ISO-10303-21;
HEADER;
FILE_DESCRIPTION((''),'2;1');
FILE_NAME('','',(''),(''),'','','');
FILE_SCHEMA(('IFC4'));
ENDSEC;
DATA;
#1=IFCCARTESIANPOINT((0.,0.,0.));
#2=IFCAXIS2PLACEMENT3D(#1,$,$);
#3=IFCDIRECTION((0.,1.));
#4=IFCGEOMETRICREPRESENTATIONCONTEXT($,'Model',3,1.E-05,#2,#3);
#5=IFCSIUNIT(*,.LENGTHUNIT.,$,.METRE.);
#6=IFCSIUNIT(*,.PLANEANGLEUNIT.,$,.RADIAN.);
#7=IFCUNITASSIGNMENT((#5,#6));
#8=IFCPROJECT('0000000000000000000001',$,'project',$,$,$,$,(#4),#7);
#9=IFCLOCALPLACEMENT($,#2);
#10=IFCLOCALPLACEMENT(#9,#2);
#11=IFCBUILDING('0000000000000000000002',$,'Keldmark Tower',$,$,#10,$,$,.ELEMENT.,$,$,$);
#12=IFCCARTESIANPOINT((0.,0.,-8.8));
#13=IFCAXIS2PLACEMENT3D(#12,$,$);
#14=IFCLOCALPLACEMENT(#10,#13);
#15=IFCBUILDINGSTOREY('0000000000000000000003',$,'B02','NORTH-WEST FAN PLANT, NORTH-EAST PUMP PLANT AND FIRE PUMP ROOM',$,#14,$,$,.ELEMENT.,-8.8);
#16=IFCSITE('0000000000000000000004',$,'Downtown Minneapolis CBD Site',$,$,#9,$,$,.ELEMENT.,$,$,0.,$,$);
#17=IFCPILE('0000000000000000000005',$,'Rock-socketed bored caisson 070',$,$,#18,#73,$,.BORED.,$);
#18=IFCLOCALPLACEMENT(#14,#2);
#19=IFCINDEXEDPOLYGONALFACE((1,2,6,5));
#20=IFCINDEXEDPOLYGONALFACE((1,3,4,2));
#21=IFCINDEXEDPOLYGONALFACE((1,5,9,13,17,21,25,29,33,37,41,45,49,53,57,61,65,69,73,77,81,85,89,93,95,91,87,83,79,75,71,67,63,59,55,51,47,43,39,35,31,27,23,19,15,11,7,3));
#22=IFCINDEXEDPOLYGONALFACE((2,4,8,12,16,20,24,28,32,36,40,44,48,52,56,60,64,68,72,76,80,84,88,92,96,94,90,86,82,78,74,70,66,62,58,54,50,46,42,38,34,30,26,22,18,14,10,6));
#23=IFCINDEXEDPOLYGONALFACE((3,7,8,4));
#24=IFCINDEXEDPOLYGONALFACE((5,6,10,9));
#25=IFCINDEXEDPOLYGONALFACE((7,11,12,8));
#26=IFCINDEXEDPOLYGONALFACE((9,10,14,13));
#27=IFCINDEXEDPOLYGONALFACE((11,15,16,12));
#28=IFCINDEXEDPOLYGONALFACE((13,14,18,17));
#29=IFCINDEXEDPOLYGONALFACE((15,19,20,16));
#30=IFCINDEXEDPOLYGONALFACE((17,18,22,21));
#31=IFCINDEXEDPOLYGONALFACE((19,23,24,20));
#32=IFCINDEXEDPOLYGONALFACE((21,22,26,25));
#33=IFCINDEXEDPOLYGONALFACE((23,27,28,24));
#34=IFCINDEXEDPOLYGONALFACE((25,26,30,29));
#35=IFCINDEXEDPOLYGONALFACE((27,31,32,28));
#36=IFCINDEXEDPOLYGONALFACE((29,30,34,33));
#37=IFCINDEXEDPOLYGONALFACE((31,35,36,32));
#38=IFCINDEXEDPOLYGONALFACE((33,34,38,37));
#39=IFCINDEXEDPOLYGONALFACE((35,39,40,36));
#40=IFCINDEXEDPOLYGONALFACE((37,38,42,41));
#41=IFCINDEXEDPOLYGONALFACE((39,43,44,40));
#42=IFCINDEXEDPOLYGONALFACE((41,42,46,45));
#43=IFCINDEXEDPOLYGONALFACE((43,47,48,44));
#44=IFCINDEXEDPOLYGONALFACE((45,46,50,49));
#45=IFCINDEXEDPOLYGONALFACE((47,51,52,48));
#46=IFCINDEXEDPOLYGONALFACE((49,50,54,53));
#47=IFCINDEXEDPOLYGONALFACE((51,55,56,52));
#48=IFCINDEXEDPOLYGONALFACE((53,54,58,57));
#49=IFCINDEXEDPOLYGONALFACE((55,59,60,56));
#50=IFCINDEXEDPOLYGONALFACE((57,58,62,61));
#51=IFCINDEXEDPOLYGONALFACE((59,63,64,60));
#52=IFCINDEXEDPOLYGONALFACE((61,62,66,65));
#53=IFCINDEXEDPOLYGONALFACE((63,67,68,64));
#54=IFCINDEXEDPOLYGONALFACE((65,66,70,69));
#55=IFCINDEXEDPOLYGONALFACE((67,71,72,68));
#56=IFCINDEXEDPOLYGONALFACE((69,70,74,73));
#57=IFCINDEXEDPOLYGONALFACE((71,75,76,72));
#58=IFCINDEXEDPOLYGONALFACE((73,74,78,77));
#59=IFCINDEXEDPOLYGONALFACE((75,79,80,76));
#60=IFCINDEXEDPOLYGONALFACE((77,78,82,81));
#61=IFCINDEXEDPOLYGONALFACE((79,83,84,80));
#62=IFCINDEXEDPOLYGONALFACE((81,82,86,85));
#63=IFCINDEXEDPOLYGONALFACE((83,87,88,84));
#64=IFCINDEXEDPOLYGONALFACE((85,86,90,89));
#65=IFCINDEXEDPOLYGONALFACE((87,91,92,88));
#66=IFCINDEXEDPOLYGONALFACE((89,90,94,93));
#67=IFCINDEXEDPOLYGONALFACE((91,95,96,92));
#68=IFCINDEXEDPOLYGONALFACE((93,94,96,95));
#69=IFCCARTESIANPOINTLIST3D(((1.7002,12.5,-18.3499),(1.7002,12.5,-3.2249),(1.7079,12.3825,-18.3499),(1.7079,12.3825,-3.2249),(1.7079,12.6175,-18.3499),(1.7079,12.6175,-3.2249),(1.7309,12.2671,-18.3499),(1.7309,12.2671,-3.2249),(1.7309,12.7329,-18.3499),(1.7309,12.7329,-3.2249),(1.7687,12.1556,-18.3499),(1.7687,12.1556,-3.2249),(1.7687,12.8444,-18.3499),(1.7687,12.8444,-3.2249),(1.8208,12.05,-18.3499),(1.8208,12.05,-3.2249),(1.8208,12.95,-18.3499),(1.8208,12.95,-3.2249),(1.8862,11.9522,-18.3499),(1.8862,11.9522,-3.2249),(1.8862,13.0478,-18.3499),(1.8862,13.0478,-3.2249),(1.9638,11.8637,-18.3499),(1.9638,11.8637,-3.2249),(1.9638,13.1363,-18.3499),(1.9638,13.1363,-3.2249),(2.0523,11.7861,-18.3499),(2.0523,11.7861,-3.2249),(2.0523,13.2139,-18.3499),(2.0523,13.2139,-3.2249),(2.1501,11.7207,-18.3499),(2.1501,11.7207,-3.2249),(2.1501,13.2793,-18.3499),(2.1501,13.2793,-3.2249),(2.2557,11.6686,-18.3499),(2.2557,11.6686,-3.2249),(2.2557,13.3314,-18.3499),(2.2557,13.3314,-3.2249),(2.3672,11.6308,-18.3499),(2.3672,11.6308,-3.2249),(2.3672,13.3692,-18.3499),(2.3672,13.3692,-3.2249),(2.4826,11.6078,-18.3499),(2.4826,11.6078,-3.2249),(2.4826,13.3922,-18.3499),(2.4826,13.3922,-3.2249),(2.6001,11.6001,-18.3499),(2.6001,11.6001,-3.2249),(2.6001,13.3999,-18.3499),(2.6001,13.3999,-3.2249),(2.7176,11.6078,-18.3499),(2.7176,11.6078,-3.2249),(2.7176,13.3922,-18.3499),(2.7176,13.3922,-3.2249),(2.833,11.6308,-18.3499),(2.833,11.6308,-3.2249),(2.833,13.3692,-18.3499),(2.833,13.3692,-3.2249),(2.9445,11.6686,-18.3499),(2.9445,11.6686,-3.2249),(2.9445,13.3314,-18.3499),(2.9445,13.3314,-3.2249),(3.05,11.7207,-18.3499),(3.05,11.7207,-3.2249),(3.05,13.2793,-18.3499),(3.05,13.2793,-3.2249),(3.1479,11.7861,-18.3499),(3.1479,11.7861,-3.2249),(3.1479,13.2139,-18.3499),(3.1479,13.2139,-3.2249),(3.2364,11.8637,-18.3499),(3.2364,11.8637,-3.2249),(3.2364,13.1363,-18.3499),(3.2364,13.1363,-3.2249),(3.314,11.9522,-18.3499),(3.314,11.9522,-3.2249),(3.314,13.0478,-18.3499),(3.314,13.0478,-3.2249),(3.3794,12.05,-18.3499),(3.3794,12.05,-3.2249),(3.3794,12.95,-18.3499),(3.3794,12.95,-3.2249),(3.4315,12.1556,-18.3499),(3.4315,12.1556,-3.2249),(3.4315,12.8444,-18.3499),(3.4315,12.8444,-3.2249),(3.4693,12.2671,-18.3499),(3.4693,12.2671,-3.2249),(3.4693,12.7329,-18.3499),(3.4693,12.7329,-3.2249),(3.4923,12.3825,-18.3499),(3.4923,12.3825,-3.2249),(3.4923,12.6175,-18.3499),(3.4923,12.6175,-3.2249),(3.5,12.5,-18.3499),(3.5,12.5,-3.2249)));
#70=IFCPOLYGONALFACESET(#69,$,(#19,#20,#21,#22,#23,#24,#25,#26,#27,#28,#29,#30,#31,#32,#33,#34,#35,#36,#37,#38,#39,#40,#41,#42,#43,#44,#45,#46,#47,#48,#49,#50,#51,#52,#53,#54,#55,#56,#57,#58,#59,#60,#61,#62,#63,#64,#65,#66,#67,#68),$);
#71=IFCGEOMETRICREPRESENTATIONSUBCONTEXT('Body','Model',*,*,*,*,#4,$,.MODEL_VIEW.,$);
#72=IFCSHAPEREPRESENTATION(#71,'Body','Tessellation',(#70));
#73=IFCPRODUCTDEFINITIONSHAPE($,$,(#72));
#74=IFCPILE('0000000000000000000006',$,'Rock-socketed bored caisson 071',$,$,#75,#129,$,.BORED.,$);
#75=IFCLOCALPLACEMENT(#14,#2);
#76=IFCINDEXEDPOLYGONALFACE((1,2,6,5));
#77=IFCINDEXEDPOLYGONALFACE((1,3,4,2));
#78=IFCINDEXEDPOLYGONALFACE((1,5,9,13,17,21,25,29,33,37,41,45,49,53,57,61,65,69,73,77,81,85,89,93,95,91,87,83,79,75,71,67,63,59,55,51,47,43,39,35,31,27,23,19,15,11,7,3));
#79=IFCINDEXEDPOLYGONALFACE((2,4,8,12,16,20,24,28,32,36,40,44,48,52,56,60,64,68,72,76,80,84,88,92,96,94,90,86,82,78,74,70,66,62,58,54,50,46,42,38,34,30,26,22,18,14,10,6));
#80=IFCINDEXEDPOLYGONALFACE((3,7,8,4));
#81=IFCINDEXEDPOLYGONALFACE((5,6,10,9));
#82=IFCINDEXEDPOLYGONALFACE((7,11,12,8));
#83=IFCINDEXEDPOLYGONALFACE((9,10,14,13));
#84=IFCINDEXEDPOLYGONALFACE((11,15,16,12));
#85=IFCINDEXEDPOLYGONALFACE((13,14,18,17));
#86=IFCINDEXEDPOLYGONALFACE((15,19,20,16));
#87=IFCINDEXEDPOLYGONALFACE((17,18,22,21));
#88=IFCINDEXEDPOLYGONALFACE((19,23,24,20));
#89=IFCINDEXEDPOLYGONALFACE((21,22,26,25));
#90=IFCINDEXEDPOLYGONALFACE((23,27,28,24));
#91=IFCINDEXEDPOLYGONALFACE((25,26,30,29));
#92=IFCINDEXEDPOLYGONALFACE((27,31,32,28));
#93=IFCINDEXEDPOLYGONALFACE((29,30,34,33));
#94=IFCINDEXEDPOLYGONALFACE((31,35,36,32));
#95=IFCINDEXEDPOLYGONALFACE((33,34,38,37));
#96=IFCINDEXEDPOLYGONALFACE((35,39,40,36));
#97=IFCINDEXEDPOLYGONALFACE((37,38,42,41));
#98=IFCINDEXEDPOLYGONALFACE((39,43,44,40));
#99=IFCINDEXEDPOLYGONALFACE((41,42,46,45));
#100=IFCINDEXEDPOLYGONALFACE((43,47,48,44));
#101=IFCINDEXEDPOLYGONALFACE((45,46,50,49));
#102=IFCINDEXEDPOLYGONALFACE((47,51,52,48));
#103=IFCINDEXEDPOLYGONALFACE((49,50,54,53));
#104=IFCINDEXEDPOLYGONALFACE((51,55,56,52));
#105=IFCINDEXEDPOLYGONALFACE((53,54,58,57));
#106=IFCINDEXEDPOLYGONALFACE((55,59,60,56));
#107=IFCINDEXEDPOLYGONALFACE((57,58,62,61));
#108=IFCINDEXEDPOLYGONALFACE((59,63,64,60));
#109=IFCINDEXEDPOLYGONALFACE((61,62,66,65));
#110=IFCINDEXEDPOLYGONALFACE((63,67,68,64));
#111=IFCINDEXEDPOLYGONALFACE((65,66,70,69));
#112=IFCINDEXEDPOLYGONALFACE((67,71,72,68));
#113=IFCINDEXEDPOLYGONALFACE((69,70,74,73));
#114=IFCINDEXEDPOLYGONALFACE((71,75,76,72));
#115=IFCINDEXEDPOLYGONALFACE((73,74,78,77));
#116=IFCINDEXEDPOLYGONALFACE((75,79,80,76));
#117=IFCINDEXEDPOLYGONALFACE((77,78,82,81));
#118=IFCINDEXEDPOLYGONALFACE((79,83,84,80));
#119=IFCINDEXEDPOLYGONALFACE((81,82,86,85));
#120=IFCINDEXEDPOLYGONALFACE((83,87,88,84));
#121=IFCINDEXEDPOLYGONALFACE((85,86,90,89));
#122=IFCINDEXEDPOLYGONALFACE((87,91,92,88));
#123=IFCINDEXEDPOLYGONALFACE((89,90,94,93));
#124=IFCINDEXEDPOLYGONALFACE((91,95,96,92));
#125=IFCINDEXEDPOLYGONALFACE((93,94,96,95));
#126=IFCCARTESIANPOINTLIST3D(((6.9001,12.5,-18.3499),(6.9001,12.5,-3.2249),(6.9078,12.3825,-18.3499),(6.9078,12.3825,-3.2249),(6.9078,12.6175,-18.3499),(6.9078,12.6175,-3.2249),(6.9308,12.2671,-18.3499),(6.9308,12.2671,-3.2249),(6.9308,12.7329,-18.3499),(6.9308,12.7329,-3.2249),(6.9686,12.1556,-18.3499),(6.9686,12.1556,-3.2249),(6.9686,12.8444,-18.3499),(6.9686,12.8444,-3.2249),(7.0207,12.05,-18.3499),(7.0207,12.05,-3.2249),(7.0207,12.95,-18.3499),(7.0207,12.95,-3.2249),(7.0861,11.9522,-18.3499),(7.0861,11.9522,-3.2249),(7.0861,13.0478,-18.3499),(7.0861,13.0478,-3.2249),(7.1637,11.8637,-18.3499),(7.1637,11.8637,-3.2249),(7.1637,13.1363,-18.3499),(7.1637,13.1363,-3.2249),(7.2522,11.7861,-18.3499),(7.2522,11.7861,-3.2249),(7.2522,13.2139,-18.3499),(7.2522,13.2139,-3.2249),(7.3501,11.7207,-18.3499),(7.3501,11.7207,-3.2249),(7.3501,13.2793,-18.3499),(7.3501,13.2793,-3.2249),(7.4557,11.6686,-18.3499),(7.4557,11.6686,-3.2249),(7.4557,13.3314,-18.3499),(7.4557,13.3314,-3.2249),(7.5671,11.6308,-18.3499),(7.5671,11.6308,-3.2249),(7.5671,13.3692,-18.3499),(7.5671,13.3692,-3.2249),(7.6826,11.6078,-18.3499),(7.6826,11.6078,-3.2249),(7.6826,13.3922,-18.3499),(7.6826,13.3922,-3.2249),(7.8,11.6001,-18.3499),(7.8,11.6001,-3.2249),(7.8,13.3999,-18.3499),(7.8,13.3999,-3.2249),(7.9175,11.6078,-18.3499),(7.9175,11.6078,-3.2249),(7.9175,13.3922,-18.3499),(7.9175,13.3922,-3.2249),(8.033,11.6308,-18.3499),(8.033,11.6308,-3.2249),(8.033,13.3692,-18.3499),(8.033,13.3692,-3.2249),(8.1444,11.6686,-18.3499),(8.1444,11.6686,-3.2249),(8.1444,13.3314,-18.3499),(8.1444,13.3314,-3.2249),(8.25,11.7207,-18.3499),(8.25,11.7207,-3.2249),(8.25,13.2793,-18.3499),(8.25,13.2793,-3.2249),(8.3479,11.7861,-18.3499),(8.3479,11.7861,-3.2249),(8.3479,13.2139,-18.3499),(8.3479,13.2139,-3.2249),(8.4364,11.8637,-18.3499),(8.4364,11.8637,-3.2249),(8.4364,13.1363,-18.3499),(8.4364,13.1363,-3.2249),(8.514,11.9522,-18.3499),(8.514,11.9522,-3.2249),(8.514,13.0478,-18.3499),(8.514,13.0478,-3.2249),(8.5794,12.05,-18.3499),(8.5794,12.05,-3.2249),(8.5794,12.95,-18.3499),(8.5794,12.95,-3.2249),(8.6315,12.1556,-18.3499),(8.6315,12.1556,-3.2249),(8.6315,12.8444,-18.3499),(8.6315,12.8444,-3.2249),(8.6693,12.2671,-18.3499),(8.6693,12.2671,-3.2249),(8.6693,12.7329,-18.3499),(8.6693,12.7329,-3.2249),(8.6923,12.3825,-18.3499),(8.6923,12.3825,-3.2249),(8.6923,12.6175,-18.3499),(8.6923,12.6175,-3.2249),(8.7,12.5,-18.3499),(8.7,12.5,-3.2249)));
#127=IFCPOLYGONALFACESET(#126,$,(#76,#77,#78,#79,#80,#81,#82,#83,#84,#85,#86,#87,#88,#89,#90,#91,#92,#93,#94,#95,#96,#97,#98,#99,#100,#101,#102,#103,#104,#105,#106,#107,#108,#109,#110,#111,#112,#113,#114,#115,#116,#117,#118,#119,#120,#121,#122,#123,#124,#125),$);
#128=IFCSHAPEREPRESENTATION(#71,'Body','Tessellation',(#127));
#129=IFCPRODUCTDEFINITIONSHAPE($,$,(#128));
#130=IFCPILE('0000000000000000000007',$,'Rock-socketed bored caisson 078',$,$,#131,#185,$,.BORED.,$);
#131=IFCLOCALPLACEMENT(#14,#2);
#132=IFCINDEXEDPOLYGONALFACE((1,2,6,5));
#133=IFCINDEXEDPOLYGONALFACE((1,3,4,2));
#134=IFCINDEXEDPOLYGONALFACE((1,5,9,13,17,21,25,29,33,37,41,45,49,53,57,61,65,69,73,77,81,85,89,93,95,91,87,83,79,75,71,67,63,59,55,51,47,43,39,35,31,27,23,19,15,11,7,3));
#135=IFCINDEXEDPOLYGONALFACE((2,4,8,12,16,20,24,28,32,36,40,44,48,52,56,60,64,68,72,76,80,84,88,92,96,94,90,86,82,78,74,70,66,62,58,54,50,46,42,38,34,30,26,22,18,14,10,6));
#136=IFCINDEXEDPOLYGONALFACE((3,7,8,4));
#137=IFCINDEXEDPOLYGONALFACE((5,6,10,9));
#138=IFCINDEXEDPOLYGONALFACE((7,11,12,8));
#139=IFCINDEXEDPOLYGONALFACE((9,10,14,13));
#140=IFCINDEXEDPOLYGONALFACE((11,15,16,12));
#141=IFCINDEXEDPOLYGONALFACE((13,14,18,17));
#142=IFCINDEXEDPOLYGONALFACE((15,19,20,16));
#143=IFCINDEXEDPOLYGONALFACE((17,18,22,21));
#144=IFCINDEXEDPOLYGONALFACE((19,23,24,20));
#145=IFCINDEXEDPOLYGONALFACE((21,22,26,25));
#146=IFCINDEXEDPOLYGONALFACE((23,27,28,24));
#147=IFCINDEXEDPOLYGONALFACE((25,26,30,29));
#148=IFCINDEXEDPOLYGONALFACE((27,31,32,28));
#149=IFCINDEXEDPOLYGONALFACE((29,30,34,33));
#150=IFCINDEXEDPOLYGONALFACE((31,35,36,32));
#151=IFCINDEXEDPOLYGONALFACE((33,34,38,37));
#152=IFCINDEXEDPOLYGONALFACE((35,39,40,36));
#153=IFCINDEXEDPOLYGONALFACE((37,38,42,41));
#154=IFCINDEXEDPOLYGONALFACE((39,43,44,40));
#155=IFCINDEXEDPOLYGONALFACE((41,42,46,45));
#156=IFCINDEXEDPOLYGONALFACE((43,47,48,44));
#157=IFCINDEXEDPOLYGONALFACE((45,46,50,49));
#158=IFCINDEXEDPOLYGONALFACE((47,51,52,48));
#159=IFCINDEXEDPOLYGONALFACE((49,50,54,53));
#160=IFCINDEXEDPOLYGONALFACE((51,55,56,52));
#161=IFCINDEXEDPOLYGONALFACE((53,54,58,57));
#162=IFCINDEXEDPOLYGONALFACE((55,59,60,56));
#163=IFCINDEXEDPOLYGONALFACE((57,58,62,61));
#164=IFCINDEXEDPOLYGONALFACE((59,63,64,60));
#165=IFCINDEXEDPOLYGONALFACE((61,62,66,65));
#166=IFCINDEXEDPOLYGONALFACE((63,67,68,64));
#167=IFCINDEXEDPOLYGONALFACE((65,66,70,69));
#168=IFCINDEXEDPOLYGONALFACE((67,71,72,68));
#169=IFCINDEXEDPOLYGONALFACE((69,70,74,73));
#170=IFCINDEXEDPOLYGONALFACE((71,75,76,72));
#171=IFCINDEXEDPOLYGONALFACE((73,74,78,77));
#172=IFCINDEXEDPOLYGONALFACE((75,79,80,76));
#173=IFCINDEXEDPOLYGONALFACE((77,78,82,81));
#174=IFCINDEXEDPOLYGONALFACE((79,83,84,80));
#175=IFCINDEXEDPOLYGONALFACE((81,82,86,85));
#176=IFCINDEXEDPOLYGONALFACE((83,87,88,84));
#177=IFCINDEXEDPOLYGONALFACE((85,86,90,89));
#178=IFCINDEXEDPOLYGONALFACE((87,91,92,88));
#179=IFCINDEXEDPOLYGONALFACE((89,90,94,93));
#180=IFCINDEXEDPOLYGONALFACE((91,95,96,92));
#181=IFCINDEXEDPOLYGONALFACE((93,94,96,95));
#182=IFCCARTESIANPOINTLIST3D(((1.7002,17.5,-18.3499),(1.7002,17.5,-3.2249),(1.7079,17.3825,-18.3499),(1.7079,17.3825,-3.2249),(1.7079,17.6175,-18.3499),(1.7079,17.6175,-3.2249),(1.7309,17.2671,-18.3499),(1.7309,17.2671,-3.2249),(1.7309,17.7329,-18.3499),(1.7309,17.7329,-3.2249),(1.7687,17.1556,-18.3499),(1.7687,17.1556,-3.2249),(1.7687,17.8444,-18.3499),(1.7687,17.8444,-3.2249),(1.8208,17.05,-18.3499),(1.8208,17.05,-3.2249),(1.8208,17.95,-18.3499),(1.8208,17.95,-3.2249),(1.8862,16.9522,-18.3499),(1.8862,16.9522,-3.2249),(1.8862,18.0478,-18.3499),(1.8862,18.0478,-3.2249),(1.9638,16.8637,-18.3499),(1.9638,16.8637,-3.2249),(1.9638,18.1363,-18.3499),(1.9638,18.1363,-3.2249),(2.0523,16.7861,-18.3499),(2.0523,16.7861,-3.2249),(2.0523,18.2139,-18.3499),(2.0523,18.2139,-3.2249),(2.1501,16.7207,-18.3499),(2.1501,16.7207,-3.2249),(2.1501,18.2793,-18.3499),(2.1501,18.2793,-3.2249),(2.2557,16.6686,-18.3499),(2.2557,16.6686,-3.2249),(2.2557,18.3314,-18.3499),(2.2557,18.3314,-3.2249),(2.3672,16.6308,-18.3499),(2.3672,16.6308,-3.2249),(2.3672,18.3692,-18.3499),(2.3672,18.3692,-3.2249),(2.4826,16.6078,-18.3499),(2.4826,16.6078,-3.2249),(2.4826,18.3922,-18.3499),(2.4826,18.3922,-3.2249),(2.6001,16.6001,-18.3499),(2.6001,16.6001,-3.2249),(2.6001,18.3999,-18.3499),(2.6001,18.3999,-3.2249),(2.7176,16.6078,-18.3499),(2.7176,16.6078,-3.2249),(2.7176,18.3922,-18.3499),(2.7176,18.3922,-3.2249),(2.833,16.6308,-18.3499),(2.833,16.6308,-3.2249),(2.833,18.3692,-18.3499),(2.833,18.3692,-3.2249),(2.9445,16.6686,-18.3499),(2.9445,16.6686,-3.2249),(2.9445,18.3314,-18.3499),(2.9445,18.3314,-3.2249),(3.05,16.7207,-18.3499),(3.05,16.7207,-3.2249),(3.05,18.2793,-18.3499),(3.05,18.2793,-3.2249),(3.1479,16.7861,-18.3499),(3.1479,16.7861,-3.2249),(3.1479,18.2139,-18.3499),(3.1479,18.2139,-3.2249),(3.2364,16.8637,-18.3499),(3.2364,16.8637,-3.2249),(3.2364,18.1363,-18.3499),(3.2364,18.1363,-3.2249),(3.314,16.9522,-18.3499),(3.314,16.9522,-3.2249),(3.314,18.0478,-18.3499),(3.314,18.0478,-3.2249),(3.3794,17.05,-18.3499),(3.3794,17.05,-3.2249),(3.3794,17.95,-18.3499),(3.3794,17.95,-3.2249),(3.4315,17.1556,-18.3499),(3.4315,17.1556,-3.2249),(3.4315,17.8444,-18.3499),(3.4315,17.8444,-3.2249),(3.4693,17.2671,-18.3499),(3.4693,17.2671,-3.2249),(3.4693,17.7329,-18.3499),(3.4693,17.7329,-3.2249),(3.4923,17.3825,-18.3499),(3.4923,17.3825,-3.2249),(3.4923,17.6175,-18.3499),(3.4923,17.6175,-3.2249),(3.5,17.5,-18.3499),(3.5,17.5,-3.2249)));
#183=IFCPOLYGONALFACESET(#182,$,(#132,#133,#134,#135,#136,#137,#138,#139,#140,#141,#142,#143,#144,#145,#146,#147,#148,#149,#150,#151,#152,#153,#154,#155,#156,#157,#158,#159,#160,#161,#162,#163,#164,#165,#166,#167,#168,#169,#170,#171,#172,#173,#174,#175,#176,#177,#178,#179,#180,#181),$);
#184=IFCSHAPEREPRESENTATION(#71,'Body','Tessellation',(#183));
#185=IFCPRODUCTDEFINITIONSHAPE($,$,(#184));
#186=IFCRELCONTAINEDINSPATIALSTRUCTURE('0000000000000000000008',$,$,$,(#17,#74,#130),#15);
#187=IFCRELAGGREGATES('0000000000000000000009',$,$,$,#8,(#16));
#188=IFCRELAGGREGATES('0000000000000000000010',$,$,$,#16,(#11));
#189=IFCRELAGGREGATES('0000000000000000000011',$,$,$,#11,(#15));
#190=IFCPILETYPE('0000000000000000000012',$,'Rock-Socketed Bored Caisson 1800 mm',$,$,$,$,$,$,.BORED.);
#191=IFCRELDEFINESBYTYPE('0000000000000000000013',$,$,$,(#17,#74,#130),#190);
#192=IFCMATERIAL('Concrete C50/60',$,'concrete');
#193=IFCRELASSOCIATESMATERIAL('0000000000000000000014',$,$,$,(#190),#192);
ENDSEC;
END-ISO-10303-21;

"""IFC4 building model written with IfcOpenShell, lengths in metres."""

from ifc_helpers import new_model, si_unit, direction, frame, origin, origin_2d, place, context, subcontext, project, spatial, circle, extrude, material, material_profile, profile_set, type_object, element, save


model = new_model("IFC4")

# Units and contexts
model_context = context("Model", 3, precision=1e-05, world=origin(), true_north=direction((0.0, 1.0)))
body_context = subcontext(model_context, "Body", "Model", "MODEL_VIEW")
ifc_project = project(units=[si_unit("LENGTHUNIT", "METRE"), si_unit("PLANEANGLEUNIT", "RADIAN")], contexts=[model_context])

# Site, building, storey
site_placement = place(None, origin())
site = spatial("IfcSite", under=ifc_project, at=site_placement, Name="Downtown Minneapolis CBD Site", CompositionType="ELEMENT", RefElevation=0.0)
building_placement = place(site_placement, origin())
building = spatial("IfcBuilding", under=site, at=building_placement, Name="Keldmark Tower", CompositionType="ELEMENT")
storey_placement = place(building_placement, frame((0.0, 0.0, -8.8)))
storey = spatial("IfcBuildingStorey", under=building, at=storey_placement, Name="B02", Description="NORTH-WEST FAN PLANT, NORTH-EAST PUMP PLANT AND FIRE PUMP ROOM", CompositionType="ELEMENT", Elevation=-8.8)

# Piles
ifc_material_1 = material(Name="Concrete C50/60", Category="concrete")
ifc_material_profile_1 = material_profile(ifc_material_1, circle(Radius=0.8999, at=origin_2d()), Name="CAISSON1800")
ifc_profile_set_1 = profile_set([ifc_material_profile_1], Name="Concrete C50/60")
pile_type = type_object("IfcPileType", Name="Rock-Socketed Bored Caisson 1800 mm", PredefinedType="BORED", material=ifc_profile_set_1)
for number, where, z_axis, x_axis, name in (
    (1, (2.6001, 12.5, -3.2249), (0.0, 0.0, -1.0), (1.0, 0.0, 0.0), "Rock-socketed bored caisson 070"),
    (2, (7.8, 12.5, -3.2249), (0.0, 0.0, -1.0), (1.0, 0.0, 0.0), "Rock-socketed bored caisson 071"),
    (3, (2.6001, 17.5, -3.2249), (0.0, 0.0, -1.0), (1.0, 0.0, 0.0), "Rock-socketed bored caisson 078"),
):
    element("IfcPile", number, at=place(storey_placement, frame(where, z_axis=z_axis, x_axis=x_axis)), inside=storey, type_object=pile_type, Name=name, PredefinedType="BORED", context=body_context, shape_type="SweptSolid", body=[
        extrude(circle(Radius=0.8999, at=origin_2d()), origin(), (0.0, 0.0, 1.0), 15.125),
    ])

save(model, "model.ifc")
